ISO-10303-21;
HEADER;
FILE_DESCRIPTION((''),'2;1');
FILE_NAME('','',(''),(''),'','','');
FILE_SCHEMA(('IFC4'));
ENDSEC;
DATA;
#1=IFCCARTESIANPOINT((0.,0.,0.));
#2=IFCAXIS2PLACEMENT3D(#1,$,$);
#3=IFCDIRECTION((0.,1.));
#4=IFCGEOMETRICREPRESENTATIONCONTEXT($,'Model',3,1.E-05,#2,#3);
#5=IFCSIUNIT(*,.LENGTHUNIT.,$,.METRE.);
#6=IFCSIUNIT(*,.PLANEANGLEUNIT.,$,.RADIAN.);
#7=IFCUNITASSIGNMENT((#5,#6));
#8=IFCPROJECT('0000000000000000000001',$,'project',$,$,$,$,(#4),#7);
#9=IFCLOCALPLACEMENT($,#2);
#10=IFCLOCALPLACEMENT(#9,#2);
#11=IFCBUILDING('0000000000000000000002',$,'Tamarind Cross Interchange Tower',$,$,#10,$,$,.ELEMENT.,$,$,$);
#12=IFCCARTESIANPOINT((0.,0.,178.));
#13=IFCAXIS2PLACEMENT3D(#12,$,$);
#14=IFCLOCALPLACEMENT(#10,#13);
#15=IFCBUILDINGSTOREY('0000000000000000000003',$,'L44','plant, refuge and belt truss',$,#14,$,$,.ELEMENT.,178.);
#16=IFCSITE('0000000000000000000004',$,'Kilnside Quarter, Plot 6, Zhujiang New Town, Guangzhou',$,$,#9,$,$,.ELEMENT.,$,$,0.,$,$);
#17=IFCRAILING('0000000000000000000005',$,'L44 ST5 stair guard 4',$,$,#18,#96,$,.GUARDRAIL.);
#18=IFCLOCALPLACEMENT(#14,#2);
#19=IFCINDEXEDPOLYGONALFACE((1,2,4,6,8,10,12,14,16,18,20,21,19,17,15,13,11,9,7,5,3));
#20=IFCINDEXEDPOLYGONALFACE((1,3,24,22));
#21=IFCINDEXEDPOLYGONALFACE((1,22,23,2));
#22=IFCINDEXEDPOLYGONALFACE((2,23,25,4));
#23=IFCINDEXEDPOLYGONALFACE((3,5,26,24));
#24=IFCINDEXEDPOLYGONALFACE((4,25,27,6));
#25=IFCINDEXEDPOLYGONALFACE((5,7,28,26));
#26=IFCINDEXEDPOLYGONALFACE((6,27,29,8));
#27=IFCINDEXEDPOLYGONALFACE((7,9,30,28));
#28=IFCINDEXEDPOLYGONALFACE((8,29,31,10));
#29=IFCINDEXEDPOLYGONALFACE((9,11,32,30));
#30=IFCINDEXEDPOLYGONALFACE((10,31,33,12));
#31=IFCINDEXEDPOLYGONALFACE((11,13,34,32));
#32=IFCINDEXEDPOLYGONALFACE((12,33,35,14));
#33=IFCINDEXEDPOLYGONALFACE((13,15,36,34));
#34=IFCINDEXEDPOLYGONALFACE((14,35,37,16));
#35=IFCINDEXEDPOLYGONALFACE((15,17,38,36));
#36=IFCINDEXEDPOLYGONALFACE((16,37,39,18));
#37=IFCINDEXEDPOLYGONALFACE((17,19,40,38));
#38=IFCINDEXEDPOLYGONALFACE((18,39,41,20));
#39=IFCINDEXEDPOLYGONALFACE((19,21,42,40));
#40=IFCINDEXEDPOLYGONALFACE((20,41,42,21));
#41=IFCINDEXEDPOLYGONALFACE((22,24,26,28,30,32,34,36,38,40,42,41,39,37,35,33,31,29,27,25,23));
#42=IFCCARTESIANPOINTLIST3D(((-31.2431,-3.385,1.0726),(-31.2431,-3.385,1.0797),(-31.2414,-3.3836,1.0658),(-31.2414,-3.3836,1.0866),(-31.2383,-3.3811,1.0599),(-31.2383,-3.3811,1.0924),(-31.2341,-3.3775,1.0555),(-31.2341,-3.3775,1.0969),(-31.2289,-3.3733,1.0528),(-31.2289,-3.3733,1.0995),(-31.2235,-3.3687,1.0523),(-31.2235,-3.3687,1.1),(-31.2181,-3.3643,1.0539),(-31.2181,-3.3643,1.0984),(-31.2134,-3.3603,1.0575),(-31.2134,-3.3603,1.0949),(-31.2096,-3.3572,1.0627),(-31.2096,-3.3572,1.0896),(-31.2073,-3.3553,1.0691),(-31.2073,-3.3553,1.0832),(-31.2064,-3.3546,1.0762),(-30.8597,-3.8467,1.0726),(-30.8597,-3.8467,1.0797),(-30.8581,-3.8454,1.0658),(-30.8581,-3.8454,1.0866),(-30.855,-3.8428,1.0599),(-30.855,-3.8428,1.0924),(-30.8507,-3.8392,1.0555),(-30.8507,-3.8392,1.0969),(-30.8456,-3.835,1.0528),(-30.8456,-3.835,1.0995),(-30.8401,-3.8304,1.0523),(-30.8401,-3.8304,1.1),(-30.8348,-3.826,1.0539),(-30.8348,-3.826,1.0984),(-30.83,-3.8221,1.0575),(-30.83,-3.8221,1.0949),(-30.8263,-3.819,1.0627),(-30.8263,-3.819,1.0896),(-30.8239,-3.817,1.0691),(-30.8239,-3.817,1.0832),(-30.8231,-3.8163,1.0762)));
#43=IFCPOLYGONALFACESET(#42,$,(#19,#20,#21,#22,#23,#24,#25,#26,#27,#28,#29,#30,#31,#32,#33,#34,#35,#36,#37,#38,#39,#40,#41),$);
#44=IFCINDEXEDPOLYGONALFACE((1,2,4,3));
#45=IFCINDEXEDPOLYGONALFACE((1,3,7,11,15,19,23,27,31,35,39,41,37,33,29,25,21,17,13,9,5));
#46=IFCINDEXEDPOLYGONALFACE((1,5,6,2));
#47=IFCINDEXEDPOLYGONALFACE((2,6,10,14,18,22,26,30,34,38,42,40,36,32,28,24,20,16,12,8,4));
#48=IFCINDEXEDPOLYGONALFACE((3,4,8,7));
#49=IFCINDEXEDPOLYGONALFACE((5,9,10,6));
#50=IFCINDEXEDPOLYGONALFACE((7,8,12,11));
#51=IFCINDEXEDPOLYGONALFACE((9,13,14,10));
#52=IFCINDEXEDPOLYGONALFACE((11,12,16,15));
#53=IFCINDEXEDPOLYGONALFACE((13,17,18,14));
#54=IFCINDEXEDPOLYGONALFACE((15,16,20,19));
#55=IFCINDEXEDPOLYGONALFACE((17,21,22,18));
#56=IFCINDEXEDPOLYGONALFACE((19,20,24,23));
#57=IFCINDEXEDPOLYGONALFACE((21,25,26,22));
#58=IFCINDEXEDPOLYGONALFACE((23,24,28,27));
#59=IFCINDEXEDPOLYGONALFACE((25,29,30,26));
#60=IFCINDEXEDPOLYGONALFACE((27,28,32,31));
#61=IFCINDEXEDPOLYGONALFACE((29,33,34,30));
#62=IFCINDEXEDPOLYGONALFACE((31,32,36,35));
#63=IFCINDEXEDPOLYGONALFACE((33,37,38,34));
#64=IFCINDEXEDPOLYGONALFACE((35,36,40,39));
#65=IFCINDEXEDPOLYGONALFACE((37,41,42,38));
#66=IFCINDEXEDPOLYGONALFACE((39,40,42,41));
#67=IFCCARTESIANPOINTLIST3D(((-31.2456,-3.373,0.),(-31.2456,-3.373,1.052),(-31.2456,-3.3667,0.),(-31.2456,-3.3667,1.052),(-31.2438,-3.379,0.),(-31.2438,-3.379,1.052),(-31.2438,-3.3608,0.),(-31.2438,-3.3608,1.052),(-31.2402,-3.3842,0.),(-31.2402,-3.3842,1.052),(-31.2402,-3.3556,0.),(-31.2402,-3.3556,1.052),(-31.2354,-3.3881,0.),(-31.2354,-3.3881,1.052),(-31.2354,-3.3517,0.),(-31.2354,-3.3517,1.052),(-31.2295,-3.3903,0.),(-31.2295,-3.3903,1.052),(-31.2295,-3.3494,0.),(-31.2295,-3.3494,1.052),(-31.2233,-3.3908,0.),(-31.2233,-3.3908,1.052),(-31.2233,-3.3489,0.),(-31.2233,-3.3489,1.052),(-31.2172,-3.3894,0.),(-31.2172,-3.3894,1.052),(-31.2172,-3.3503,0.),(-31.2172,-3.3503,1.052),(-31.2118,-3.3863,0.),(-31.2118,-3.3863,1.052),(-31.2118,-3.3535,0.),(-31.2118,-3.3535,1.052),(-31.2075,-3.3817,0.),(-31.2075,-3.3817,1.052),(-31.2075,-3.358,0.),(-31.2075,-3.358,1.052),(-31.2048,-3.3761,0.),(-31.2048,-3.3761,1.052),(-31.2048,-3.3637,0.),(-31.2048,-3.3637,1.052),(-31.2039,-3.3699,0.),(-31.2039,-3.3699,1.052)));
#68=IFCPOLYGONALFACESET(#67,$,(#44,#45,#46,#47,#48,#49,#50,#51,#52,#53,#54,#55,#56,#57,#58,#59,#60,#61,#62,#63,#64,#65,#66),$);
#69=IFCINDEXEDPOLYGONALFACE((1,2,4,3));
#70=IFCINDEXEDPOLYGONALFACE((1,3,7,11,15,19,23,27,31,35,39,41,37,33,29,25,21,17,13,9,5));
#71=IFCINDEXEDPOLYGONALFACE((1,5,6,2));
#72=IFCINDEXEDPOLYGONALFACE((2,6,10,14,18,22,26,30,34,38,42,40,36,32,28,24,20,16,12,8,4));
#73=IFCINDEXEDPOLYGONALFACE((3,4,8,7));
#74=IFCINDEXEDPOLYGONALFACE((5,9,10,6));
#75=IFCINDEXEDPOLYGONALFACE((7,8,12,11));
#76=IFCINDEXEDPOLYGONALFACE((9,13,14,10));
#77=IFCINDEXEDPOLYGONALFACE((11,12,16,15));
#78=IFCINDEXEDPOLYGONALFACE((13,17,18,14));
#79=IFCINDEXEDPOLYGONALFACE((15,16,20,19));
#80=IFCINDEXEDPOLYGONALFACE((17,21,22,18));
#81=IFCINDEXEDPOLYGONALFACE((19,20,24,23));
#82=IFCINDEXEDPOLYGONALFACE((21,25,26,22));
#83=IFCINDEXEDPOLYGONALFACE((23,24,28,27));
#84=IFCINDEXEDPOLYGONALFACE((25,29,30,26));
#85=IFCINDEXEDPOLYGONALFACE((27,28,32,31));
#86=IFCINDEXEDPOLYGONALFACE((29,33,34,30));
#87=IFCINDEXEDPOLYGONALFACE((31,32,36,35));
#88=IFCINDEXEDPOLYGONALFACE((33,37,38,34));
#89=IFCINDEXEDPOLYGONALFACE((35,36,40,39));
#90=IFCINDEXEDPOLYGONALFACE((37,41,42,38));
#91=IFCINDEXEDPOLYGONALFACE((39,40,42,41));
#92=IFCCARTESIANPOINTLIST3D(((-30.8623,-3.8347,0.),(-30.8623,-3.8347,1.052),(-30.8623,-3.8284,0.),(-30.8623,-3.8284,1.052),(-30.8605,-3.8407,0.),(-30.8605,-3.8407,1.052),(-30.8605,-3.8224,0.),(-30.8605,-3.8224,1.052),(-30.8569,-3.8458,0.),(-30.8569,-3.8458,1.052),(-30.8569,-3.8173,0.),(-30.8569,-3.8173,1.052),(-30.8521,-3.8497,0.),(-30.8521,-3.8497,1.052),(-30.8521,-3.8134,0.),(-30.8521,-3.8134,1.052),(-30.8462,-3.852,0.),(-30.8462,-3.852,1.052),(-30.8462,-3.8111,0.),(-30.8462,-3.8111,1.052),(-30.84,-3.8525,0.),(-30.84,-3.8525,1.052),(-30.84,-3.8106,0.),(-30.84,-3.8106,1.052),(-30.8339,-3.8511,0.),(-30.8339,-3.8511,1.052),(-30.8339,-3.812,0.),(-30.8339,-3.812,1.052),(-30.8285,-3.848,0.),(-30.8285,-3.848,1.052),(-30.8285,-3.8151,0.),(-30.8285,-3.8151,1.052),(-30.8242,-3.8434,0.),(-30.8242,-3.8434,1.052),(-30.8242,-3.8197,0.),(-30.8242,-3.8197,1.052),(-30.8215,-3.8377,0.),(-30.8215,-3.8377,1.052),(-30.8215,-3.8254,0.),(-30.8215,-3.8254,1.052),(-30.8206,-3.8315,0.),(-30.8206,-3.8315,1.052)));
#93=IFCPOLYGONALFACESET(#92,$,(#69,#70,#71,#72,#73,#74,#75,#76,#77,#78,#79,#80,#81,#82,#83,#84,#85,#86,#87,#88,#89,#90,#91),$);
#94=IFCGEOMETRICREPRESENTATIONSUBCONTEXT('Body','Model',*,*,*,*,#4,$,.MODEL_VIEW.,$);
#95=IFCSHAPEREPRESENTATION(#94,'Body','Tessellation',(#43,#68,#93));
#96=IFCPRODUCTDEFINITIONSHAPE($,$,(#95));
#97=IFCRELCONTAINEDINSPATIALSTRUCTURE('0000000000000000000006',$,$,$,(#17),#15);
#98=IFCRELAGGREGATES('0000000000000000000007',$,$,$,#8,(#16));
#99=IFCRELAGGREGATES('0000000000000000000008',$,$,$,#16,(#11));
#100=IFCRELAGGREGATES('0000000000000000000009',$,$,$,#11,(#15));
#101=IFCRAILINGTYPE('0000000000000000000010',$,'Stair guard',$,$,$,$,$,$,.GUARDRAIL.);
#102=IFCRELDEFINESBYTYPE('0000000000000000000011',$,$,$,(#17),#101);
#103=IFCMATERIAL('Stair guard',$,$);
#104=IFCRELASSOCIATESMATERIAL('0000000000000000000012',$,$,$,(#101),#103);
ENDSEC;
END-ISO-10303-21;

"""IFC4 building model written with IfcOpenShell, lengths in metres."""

from ifc_helpers import new_model, si_unit, direction, frame, origin, origin_2d, place, context, subcontext, project, spatial, circle, extrude, material, type_object, element, save


model = new_model("IFC4")

# Units and contexts
model_context = context("Model", 3, precision=1e-05, world=origin(), true_north=direction((0.0, 1.0)))
body_context = subcontext(model_context, "Body", "Model", "MODEL_VIEW")
ifc_project = project(units=[si_unit("LENGTHUNIT", "METRE"), si_unit("PLANEANGLEUNIT", "RADIAN")], contexts=[model_context])

# Site, building, storey
site_placement = place(None, origin())
site = spatial("IfcSite", under=ifc_project, at=site_placement, Name="Kilnside Quarter, Plot 6, Zhujiang New Town, Guangzhou", CompositionType="ELEMENT", RefElevation=0.0)
building_placement = place(site_placement, origin())
building = spatial("IfcBuilding", under=site, at=building_placement, Name="Tamarind Cross Interchange Tower", CompositionType="ELEMENT")
storey_placement = place(building_placement, frame((0.0, 0.0, 178.0)))
storey = spatial("IfcBuildingStorey", under=building, at=storey_placement, Name="L44", Description="plant, refuge and belt truss", CompositionType="ELEMENT", Elevation=178.0)

# Railing
ifc_material_1 = material(Name="Stair guard")
railing_type = type_object("IfcRailingType", Name="Stair guard", PredefinedType="GUARDRAIL", material=ifc_material_1)
railing_1_placement = place(storey_placement, frame((-31.2249, -3.3699, 0.0)))
element("IfcRailing", 1, at=railing_1_placement, inside=storey, type_object=railing_type, Name="L44 ST5 stair guard 4", PredefinedType="GUARDRAIL", context=body_context, shape_type="SweptSolid", body=[
    extrude(circle(Radius=0.0239, at=origin_2d()), frame((0.0, 0.0, 1.0762), z_axis=(0.638783, -0.769387, 0.0), x_axis=(0.769387, 0.638783, 0.0)), (0.0, 0.0, 1.0), 0.6001),
    extrude(circle(Radius=0.021, at=origin_2d()), origin(), (0.0, 0.0, 1.0), 1.052),
    extrude(circle(Radius=0.021, at=origin_2d()), frame((0.3833, -0.4617, 0.0)), (0.0, 0.0, 1.0), 1.052),
])

save(model, "model.ifc")
